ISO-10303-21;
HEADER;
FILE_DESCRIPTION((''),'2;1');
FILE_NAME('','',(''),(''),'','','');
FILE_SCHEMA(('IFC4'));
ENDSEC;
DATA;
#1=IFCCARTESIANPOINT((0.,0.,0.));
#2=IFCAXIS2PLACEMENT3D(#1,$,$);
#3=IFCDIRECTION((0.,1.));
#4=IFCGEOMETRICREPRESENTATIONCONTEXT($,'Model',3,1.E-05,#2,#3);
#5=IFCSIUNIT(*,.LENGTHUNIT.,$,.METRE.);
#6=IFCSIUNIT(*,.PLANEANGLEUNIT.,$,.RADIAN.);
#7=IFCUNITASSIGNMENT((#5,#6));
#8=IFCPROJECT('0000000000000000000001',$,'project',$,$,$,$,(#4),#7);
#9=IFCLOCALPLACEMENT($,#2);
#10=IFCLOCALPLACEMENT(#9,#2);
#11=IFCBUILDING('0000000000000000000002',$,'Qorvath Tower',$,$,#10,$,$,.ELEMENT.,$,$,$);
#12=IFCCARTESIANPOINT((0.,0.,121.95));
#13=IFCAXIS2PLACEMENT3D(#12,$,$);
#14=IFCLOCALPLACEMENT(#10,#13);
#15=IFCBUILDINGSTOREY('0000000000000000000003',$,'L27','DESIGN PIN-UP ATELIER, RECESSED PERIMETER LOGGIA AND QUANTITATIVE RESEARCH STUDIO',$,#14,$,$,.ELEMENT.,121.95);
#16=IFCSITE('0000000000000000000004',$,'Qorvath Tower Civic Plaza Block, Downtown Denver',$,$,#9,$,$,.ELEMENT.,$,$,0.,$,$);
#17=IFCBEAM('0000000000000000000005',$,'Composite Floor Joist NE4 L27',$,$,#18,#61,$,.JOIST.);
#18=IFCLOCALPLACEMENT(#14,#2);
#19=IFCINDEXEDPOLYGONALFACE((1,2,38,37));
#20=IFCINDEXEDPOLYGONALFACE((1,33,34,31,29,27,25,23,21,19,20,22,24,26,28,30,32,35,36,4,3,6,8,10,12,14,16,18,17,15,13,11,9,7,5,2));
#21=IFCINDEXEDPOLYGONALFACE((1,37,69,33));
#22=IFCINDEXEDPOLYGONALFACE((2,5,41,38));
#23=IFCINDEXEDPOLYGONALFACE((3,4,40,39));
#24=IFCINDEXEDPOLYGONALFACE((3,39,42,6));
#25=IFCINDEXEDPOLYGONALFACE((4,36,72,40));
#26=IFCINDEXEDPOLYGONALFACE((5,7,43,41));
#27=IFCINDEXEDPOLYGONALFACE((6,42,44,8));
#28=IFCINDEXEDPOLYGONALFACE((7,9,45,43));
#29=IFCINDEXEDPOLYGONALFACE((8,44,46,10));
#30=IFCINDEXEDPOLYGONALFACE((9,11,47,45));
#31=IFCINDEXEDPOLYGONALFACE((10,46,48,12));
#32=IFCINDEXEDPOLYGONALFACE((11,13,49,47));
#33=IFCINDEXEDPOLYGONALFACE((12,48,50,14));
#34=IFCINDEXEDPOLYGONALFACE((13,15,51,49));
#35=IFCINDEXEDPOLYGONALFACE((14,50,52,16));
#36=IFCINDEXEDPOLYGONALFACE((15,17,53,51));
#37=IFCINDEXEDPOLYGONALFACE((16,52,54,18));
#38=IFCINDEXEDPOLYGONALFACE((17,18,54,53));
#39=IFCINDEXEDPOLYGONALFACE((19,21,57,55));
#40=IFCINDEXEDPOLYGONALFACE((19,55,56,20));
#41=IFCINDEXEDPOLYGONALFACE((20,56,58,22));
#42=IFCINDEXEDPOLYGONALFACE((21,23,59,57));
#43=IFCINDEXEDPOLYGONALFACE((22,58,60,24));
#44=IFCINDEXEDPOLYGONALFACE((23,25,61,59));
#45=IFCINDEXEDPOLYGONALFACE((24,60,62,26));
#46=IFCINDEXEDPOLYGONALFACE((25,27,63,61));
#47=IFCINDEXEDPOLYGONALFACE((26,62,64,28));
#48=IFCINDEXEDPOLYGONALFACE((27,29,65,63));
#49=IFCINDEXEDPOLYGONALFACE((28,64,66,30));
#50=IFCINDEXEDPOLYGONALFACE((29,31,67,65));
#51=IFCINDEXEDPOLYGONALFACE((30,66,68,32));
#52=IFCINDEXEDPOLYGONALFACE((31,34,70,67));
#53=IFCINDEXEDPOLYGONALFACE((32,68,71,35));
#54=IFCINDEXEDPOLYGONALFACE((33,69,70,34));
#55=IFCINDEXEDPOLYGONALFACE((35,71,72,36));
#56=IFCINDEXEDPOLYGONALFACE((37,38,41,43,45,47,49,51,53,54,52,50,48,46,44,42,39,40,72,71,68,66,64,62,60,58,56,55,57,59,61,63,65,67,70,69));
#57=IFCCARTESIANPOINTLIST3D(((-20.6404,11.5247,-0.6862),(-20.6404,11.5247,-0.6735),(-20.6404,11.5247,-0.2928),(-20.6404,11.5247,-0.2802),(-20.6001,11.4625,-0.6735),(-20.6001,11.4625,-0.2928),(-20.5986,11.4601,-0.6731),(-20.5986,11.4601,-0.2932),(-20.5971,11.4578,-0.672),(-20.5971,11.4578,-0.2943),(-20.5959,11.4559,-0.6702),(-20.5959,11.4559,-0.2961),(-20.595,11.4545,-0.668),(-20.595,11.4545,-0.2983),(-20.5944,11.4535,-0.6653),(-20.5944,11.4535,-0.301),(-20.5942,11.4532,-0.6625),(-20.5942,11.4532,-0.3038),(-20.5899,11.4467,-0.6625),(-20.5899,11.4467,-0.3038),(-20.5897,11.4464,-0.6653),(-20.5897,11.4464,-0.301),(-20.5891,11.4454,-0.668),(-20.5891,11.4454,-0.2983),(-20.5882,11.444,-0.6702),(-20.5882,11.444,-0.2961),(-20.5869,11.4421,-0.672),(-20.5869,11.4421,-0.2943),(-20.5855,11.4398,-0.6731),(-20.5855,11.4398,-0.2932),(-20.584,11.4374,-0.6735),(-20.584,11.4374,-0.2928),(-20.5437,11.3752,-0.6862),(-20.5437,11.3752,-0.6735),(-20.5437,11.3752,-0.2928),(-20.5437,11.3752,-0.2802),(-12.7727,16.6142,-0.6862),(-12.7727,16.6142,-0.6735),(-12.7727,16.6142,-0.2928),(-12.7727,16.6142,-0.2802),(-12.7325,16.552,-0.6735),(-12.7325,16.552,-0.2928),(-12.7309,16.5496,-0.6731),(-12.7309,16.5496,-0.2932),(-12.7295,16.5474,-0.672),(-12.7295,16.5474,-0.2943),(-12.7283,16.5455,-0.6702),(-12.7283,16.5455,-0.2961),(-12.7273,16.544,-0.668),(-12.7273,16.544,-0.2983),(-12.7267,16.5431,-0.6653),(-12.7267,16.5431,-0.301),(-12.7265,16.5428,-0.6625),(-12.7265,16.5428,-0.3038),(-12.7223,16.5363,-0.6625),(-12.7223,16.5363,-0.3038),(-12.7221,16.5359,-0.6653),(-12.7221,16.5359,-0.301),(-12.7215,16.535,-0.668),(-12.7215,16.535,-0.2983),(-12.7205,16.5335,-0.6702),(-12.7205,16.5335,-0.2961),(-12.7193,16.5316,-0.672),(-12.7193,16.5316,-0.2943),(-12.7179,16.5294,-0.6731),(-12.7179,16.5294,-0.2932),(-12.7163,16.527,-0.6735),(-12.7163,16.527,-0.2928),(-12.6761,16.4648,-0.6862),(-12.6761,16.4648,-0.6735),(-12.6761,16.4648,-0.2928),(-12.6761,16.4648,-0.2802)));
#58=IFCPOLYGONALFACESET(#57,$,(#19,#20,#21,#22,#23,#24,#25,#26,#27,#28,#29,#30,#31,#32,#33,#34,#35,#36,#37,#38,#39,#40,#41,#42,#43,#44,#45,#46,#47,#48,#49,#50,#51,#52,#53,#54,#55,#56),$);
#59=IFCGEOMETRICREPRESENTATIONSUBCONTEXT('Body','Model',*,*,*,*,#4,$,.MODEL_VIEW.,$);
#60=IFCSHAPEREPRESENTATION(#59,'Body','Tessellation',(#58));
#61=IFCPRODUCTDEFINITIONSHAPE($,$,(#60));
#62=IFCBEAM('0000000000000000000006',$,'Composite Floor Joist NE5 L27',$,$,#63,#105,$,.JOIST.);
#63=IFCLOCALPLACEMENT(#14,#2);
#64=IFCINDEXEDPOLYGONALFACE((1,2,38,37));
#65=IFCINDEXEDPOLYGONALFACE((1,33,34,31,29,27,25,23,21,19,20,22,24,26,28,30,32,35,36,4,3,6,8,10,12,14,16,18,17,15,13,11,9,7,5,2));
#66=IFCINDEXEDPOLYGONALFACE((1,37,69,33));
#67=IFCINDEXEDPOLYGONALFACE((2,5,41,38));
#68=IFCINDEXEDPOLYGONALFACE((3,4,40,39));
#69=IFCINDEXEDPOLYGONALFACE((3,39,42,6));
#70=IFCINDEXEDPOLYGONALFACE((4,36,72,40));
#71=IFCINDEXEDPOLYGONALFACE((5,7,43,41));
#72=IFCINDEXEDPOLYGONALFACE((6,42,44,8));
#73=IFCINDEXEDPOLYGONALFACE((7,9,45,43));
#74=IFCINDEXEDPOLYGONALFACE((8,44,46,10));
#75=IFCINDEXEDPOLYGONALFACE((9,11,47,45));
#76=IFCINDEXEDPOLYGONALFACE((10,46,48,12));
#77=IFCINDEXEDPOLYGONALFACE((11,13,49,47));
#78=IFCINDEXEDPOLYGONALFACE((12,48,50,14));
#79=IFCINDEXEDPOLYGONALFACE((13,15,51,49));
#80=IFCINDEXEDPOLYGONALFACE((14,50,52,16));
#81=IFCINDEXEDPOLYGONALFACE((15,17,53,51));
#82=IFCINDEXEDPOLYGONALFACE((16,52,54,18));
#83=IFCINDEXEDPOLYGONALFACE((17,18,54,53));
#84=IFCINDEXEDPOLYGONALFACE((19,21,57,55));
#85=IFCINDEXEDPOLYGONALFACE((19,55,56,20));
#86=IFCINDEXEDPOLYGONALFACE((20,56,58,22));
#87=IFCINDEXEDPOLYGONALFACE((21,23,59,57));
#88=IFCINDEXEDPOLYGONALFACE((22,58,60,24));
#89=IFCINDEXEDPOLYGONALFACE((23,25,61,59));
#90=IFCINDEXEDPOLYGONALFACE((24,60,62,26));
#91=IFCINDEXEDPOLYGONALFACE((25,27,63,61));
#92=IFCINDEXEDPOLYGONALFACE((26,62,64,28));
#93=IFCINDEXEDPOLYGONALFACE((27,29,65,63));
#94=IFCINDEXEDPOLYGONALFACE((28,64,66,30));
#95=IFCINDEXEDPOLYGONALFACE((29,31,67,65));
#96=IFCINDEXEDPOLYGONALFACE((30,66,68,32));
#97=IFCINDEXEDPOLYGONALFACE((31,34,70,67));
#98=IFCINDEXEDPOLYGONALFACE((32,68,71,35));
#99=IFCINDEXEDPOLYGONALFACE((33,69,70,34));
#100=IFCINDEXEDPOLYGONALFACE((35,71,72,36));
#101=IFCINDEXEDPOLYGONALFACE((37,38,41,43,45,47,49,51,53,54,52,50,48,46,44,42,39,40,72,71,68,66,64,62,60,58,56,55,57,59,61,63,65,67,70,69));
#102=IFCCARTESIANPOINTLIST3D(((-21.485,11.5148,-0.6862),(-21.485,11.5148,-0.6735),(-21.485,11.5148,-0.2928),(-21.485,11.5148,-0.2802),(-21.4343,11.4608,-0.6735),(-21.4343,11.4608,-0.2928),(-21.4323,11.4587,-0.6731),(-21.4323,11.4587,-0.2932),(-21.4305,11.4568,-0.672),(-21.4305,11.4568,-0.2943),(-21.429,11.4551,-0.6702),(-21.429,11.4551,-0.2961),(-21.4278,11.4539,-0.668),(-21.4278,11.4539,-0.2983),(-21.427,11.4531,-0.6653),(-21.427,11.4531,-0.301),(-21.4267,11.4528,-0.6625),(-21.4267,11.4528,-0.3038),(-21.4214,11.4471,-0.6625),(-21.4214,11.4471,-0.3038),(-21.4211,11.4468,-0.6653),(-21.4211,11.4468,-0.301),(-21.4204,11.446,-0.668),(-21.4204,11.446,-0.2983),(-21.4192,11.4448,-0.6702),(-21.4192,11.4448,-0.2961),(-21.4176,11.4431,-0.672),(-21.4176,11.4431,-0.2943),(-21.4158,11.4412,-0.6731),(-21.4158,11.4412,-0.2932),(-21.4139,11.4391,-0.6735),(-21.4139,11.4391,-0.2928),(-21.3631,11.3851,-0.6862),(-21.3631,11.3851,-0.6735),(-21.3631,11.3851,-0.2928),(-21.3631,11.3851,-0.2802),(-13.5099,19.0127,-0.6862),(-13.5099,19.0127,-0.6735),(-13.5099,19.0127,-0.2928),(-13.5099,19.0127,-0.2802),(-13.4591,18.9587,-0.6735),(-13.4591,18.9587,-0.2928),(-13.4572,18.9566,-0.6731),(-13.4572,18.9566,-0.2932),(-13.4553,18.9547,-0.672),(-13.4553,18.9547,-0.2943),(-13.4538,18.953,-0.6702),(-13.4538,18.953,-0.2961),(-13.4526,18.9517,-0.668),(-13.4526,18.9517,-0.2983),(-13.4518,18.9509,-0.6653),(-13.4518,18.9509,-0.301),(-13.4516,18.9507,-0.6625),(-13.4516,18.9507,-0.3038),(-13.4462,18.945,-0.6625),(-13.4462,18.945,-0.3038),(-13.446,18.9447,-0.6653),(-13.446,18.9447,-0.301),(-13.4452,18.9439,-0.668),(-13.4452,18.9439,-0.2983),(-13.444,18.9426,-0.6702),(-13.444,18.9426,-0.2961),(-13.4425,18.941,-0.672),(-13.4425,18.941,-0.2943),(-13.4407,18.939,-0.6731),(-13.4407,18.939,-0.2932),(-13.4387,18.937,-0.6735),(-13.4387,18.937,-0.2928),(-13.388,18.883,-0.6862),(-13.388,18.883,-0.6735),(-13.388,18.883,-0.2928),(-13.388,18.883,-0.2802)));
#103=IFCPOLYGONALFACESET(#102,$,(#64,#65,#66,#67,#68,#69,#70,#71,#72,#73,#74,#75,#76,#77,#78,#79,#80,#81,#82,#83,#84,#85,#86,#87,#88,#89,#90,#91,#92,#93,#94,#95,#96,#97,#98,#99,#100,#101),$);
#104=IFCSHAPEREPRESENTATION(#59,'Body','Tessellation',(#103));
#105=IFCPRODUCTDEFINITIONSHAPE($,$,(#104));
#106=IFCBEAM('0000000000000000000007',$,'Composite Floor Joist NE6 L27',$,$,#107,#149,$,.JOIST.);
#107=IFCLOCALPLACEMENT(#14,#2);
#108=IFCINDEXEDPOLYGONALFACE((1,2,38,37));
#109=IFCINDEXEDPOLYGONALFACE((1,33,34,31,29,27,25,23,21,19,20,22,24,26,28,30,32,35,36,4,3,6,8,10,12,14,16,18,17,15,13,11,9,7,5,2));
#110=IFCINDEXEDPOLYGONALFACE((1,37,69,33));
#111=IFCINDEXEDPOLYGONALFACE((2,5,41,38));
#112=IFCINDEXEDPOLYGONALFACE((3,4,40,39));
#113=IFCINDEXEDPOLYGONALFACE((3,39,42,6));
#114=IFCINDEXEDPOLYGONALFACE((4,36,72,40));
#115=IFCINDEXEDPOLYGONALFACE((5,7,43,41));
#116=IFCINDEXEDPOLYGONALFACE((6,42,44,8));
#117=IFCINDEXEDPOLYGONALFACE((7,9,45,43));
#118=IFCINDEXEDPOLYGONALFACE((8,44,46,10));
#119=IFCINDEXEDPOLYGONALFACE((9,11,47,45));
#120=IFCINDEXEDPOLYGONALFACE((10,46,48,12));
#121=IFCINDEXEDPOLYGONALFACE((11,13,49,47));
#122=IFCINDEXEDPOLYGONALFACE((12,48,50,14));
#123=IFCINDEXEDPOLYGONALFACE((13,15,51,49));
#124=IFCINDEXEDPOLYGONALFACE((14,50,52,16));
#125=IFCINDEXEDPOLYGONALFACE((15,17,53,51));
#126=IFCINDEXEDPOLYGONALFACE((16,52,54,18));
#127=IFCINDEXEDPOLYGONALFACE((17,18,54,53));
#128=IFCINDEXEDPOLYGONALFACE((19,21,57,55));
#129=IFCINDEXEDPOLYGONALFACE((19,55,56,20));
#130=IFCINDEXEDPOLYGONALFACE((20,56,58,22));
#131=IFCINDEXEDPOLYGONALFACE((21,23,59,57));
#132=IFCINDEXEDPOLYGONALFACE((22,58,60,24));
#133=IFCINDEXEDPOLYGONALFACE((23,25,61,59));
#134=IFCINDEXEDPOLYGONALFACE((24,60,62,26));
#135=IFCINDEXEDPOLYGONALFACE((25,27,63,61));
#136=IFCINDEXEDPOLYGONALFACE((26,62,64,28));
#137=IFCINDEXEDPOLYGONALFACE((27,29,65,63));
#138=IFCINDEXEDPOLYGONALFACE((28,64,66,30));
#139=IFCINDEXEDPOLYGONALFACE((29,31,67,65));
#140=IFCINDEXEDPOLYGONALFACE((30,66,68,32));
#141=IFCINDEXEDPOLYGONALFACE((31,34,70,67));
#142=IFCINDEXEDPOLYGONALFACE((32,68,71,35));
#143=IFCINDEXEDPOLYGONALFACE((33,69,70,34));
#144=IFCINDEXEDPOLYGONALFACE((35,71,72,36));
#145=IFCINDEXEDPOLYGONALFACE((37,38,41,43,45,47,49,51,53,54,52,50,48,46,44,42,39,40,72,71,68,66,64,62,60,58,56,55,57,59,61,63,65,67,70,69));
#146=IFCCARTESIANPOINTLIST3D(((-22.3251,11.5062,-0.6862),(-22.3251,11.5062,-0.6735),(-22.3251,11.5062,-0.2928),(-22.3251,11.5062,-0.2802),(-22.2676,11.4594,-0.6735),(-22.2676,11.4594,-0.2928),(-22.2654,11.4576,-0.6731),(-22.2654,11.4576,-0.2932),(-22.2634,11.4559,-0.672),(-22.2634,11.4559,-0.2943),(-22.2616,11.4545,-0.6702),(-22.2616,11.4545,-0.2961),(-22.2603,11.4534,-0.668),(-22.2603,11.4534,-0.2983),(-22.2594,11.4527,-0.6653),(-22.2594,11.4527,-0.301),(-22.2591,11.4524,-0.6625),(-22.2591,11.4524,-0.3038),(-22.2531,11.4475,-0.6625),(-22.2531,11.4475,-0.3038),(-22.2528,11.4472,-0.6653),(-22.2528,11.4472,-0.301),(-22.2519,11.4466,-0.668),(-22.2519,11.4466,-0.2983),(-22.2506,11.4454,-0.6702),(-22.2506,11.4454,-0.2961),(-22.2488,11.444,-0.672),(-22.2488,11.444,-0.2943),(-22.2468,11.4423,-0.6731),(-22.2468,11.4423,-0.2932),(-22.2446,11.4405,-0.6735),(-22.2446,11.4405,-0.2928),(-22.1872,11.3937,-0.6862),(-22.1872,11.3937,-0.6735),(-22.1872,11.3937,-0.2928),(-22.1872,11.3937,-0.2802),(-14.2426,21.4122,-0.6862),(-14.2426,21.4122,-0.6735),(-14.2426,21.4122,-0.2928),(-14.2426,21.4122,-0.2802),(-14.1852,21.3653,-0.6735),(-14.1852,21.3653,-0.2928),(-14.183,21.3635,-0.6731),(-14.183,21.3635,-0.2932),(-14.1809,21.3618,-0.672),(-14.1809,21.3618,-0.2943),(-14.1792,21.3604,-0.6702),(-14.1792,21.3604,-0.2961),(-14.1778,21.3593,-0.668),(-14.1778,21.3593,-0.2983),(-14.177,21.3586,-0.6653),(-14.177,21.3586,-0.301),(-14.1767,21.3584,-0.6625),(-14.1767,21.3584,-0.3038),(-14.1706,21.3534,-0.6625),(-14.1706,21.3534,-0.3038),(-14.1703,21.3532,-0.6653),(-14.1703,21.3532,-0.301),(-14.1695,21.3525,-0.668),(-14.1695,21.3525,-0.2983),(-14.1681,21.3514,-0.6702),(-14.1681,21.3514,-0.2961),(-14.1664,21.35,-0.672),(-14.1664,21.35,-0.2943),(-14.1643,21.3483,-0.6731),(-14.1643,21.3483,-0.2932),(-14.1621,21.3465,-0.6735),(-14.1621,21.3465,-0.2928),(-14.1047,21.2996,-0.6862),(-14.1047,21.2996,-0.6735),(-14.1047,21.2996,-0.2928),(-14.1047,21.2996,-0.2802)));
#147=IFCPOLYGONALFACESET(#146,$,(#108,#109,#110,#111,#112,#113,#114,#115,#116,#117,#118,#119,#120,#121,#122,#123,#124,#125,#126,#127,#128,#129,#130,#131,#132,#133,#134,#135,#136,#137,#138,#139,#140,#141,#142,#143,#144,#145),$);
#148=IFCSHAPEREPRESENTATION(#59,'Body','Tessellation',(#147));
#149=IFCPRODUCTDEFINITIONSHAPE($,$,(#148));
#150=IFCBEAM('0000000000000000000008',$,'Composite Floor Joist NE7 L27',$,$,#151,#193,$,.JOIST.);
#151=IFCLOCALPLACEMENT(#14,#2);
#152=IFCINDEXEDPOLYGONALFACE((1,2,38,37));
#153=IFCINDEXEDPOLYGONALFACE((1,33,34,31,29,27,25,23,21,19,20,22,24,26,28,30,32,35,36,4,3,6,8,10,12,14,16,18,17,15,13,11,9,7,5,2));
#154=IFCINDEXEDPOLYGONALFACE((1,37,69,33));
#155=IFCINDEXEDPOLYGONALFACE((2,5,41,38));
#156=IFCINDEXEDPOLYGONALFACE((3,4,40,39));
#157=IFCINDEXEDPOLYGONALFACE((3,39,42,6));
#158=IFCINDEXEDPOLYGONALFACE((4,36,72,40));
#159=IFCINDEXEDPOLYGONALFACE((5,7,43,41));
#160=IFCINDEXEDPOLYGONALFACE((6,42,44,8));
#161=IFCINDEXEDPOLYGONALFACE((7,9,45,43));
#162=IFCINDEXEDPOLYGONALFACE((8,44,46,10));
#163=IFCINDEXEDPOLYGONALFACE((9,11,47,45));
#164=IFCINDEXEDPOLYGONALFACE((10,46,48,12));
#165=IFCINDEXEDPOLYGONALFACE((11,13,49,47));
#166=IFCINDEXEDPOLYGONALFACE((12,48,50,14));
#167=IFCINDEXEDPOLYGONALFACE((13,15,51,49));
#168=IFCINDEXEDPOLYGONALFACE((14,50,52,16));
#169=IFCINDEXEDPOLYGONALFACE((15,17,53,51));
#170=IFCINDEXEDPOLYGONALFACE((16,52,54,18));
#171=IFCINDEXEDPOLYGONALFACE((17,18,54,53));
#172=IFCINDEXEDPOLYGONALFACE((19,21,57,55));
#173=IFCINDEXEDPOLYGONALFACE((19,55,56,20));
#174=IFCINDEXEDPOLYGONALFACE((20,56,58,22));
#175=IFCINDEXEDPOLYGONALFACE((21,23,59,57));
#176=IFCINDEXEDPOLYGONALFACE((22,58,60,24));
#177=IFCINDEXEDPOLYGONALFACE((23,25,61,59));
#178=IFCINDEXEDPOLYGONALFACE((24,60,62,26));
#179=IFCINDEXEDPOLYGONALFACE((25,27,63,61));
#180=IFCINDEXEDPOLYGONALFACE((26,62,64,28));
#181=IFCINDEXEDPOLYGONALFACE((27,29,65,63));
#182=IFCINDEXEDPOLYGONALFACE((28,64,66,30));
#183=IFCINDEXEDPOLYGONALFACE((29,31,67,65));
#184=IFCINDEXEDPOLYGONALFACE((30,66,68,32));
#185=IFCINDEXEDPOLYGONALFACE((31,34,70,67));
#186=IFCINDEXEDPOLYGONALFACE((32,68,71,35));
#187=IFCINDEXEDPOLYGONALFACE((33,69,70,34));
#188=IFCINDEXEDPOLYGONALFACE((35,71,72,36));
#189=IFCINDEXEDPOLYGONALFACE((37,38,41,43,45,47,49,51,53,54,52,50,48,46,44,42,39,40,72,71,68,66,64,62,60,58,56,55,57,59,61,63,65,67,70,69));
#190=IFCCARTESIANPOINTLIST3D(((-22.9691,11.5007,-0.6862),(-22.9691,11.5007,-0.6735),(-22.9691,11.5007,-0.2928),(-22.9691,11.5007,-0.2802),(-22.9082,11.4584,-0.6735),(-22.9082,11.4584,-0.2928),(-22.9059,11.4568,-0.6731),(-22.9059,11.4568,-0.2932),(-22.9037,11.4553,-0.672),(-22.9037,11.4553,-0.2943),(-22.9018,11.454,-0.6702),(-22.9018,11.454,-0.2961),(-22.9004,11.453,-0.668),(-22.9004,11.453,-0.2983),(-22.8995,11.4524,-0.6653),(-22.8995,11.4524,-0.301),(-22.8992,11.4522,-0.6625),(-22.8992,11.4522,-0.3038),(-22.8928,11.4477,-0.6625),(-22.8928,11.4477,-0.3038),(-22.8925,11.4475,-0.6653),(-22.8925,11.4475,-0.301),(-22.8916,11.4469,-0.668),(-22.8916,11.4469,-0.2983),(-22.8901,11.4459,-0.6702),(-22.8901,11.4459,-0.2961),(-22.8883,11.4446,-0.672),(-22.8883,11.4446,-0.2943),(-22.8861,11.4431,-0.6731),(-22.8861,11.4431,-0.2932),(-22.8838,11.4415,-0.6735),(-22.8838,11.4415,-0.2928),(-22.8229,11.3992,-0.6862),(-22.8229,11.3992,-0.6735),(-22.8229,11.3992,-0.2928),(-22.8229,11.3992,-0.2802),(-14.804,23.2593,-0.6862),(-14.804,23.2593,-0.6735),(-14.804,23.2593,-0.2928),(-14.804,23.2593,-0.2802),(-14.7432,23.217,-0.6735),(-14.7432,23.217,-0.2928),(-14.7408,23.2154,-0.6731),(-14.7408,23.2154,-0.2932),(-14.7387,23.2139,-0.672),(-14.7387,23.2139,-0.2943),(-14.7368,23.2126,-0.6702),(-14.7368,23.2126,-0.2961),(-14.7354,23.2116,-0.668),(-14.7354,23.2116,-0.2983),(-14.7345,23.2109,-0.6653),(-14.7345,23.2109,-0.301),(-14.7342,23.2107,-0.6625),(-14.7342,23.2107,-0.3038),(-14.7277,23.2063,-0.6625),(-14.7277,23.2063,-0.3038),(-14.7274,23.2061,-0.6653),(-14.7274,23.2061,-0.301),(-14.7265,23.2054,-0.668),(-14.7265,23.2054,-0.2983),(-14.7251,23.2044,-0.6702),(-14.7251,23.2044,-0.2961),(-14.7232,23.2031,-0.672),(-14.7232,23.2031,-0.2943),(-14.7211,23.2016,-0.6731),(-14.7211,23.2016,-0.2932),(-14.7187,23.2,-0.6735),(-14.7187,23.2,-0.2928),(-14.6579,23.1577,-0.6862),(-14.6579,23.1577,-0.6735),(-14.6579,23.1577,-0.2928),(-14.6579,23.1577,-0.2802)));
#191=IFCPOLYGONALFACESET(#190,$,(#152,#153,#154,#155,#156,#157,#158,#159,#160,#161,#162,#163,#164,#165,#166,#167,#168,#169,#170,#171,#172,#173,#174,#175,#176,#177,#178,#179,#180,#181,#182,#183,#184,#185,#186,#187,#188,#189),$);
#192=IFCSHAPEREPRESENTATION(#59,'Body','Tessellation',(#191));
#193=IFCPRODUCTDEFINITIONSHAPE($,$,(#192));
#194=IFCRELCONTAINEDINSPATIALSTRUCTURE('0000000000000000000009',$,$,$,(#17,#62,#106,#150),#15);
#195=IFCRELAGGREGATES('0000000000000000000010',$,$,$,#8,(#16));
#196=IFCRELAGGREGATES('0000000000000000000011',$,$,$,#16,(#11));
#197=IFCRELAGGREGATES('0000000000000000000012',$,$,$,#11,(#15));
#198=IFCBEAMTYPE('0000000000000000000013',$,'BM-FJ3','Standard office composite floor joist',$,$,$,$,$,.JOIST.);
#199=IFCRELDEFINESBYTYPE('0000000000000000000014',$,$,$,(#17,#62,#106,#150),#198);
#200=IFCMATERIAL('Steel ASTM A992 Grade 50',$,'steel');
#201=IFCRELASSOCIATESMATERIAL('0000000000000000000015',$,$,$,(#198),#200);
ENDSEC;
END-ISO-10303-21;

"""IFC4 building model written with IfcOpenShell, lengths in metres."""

from ifc_helpers import new_model, si_unit, direction, frame, origin, origin_2d, place, context, subcontext, project, spatial, i_section, extrude, material, material_profile, profile_set, type_object, element, save


model = new_model("IFC4")

# Units and contexts
model_context = context("Model", 3, precision=1e-05, world=origin(), true_north=direction((0.0, 1.0)))
body_context = subcontext(model_context, "Body", "Model", "MODEL_VIEW")
ifc_project = project(units=[si_unit("LENGTHUNIT", "METRE"), si_unit("PLANEANGLEUNIT", "RADIAN")], contexts=[model_context])

# Site, building, storey
site_placement = place(None, origin())
site = spatial("IfcSite", under=ifc_project, at=site_placement, Name="Qorvath Tower Civic Plaza Block, Downtown Denver", CompositionType="ELEMENT", RefElevation=0.0)
building_placement = place(site_placement, origin())
building = spatial("IfcBuilding", under=site, at=building_placement, Name="Qorvath Tower", CompositionType="ELEMENT")
storey_placement = place(building_placement, frame((0.0, 0.0, 121.95)))
storey = spatial("IfcBuildingStorey", under=building, at=storey_placement, Name="L27", Description="DESIGN PIN-UP ATELIER, RECESSED PERIMETER LOGGIA AND QUANTITATIVE RESEARCH STUDIO", CompositionType="ELEMENT", Elevation=121.95)

# Beams
ifc_material_1 = material(Name="Steel ASTM A992 Grade 50", Category="steel")
ifc_material_profile_1 = material_profile(ifc_material_1, i_section(OverallWidth=0.178, OverallDepth=0.406, WebThickness=0.0078, FlangeThickness=0.0127, FilletRadius=0.011, at=origin_2d()), Name="W16x40")
ifc_profile_set_1 = profile_set([ifc_material_profile_1], Name="Steel ASTM A992 Grade 50")
beam_type_1 = type_object("IfcBeamType", Name="BM-FJ3", Description="Standard office composite floor joist", PredefinedType="JOIST", material=ifc_profile_set_1)
beam_1_placement = place(storey_placement, frame((-20.592, 11.45, -0.4832), z_axis=(0.839631, 0.543157, 0.0), x_axis=(-0.543157, 0.839631, 0.0)))
element("IfcBeam", 1, at=beam_1_placement, inside=storey, type_object=beam_type_1, Name="Composite Floor Joist NE4 L27", PredefinedType="JOIST", context=body_context, shape_type="SweptSolid", body=[
    extrude(i_section(OverallWidth=0.178, OverallDepth=0.406, WebThickness=0.0078, FlangeThickness=0.0127, FilletRadius=0.011, at=origin_2d()), origin(), (0.0, 0.0, 1.0), 9.3704),
])
beam_2_placement = place(storey_placement, frame((-21.4241, 11.45, -0.4832), z_axis=(0.728572, 0.684969, 0.0), x_axis=(-0.684969, 0.728572, 0.0)))
element("IfcBeam", 2, at=beam_2_placement, inside=storey, type_object=beam_type_1, Name="Composite Floor Joist NE5 L27", PredefinedType="JOIST", context=body_context, shape_type="SweptSolid", body=[
    extrude(i_section(OverallWidth=0.178, OverallDepth=0.406, WebThickness=0.0078, FlangeThickness=0.0127, FilletRadius=0.011, at=origin_2d()), origin(), (0.0, 0.0, 1.0), 10.9463),
])
beam_3_placement = place(storey_placement, frame((-22.2561, 11.45, -0.4832), z_axis=(0.632188, 0.774815, 0.0), x_axis=(-0.774815, 0.632188, 0.0)))
element("IfcBeam", 3, at=beam_3_placement, inside=storey, type_object=beam_type_1, Name="Composite Floor Joist NE6 L27", PredefinedType="JOIST", context=body_context, shape_type="SweptSolid", body=[
    extrude(i_section(OverallWidth=0.178, OverallDepth=0.406, WebThickness=0.0078, FlangeThickness=0.0127, FilletRadius=0.011, at=origin_2d()), origin(), (0.0, 0.0, 1.0), 12.7849),
])
beam_4_placement = place(storey_placement, frame((-22.896, 11.45, -0.4832), z_axis=(0.570367, 0.82139, 0.0), x_axis=(-0.82139, 0.570367, 0.0)))
element("IfcBeam", 4, at=beam_4_placement, inside=storey, type_object=beam_type_1, Name="Composite Floor Joist NE7 L27", PredefinedType="JOIST", context=body_context, shape_type="SweptSolid", body=[
    extrude(i_section(OverallWidth=0.178, OverallDepth=0.406, WebThickness=0.0078, FlangeThickness=0.0127, FilletRadius=0.011, at=origin_2d()), origin(), (0.0, 0.0, 1.0), 14.3154),
])

save(model, "model.ifc")
